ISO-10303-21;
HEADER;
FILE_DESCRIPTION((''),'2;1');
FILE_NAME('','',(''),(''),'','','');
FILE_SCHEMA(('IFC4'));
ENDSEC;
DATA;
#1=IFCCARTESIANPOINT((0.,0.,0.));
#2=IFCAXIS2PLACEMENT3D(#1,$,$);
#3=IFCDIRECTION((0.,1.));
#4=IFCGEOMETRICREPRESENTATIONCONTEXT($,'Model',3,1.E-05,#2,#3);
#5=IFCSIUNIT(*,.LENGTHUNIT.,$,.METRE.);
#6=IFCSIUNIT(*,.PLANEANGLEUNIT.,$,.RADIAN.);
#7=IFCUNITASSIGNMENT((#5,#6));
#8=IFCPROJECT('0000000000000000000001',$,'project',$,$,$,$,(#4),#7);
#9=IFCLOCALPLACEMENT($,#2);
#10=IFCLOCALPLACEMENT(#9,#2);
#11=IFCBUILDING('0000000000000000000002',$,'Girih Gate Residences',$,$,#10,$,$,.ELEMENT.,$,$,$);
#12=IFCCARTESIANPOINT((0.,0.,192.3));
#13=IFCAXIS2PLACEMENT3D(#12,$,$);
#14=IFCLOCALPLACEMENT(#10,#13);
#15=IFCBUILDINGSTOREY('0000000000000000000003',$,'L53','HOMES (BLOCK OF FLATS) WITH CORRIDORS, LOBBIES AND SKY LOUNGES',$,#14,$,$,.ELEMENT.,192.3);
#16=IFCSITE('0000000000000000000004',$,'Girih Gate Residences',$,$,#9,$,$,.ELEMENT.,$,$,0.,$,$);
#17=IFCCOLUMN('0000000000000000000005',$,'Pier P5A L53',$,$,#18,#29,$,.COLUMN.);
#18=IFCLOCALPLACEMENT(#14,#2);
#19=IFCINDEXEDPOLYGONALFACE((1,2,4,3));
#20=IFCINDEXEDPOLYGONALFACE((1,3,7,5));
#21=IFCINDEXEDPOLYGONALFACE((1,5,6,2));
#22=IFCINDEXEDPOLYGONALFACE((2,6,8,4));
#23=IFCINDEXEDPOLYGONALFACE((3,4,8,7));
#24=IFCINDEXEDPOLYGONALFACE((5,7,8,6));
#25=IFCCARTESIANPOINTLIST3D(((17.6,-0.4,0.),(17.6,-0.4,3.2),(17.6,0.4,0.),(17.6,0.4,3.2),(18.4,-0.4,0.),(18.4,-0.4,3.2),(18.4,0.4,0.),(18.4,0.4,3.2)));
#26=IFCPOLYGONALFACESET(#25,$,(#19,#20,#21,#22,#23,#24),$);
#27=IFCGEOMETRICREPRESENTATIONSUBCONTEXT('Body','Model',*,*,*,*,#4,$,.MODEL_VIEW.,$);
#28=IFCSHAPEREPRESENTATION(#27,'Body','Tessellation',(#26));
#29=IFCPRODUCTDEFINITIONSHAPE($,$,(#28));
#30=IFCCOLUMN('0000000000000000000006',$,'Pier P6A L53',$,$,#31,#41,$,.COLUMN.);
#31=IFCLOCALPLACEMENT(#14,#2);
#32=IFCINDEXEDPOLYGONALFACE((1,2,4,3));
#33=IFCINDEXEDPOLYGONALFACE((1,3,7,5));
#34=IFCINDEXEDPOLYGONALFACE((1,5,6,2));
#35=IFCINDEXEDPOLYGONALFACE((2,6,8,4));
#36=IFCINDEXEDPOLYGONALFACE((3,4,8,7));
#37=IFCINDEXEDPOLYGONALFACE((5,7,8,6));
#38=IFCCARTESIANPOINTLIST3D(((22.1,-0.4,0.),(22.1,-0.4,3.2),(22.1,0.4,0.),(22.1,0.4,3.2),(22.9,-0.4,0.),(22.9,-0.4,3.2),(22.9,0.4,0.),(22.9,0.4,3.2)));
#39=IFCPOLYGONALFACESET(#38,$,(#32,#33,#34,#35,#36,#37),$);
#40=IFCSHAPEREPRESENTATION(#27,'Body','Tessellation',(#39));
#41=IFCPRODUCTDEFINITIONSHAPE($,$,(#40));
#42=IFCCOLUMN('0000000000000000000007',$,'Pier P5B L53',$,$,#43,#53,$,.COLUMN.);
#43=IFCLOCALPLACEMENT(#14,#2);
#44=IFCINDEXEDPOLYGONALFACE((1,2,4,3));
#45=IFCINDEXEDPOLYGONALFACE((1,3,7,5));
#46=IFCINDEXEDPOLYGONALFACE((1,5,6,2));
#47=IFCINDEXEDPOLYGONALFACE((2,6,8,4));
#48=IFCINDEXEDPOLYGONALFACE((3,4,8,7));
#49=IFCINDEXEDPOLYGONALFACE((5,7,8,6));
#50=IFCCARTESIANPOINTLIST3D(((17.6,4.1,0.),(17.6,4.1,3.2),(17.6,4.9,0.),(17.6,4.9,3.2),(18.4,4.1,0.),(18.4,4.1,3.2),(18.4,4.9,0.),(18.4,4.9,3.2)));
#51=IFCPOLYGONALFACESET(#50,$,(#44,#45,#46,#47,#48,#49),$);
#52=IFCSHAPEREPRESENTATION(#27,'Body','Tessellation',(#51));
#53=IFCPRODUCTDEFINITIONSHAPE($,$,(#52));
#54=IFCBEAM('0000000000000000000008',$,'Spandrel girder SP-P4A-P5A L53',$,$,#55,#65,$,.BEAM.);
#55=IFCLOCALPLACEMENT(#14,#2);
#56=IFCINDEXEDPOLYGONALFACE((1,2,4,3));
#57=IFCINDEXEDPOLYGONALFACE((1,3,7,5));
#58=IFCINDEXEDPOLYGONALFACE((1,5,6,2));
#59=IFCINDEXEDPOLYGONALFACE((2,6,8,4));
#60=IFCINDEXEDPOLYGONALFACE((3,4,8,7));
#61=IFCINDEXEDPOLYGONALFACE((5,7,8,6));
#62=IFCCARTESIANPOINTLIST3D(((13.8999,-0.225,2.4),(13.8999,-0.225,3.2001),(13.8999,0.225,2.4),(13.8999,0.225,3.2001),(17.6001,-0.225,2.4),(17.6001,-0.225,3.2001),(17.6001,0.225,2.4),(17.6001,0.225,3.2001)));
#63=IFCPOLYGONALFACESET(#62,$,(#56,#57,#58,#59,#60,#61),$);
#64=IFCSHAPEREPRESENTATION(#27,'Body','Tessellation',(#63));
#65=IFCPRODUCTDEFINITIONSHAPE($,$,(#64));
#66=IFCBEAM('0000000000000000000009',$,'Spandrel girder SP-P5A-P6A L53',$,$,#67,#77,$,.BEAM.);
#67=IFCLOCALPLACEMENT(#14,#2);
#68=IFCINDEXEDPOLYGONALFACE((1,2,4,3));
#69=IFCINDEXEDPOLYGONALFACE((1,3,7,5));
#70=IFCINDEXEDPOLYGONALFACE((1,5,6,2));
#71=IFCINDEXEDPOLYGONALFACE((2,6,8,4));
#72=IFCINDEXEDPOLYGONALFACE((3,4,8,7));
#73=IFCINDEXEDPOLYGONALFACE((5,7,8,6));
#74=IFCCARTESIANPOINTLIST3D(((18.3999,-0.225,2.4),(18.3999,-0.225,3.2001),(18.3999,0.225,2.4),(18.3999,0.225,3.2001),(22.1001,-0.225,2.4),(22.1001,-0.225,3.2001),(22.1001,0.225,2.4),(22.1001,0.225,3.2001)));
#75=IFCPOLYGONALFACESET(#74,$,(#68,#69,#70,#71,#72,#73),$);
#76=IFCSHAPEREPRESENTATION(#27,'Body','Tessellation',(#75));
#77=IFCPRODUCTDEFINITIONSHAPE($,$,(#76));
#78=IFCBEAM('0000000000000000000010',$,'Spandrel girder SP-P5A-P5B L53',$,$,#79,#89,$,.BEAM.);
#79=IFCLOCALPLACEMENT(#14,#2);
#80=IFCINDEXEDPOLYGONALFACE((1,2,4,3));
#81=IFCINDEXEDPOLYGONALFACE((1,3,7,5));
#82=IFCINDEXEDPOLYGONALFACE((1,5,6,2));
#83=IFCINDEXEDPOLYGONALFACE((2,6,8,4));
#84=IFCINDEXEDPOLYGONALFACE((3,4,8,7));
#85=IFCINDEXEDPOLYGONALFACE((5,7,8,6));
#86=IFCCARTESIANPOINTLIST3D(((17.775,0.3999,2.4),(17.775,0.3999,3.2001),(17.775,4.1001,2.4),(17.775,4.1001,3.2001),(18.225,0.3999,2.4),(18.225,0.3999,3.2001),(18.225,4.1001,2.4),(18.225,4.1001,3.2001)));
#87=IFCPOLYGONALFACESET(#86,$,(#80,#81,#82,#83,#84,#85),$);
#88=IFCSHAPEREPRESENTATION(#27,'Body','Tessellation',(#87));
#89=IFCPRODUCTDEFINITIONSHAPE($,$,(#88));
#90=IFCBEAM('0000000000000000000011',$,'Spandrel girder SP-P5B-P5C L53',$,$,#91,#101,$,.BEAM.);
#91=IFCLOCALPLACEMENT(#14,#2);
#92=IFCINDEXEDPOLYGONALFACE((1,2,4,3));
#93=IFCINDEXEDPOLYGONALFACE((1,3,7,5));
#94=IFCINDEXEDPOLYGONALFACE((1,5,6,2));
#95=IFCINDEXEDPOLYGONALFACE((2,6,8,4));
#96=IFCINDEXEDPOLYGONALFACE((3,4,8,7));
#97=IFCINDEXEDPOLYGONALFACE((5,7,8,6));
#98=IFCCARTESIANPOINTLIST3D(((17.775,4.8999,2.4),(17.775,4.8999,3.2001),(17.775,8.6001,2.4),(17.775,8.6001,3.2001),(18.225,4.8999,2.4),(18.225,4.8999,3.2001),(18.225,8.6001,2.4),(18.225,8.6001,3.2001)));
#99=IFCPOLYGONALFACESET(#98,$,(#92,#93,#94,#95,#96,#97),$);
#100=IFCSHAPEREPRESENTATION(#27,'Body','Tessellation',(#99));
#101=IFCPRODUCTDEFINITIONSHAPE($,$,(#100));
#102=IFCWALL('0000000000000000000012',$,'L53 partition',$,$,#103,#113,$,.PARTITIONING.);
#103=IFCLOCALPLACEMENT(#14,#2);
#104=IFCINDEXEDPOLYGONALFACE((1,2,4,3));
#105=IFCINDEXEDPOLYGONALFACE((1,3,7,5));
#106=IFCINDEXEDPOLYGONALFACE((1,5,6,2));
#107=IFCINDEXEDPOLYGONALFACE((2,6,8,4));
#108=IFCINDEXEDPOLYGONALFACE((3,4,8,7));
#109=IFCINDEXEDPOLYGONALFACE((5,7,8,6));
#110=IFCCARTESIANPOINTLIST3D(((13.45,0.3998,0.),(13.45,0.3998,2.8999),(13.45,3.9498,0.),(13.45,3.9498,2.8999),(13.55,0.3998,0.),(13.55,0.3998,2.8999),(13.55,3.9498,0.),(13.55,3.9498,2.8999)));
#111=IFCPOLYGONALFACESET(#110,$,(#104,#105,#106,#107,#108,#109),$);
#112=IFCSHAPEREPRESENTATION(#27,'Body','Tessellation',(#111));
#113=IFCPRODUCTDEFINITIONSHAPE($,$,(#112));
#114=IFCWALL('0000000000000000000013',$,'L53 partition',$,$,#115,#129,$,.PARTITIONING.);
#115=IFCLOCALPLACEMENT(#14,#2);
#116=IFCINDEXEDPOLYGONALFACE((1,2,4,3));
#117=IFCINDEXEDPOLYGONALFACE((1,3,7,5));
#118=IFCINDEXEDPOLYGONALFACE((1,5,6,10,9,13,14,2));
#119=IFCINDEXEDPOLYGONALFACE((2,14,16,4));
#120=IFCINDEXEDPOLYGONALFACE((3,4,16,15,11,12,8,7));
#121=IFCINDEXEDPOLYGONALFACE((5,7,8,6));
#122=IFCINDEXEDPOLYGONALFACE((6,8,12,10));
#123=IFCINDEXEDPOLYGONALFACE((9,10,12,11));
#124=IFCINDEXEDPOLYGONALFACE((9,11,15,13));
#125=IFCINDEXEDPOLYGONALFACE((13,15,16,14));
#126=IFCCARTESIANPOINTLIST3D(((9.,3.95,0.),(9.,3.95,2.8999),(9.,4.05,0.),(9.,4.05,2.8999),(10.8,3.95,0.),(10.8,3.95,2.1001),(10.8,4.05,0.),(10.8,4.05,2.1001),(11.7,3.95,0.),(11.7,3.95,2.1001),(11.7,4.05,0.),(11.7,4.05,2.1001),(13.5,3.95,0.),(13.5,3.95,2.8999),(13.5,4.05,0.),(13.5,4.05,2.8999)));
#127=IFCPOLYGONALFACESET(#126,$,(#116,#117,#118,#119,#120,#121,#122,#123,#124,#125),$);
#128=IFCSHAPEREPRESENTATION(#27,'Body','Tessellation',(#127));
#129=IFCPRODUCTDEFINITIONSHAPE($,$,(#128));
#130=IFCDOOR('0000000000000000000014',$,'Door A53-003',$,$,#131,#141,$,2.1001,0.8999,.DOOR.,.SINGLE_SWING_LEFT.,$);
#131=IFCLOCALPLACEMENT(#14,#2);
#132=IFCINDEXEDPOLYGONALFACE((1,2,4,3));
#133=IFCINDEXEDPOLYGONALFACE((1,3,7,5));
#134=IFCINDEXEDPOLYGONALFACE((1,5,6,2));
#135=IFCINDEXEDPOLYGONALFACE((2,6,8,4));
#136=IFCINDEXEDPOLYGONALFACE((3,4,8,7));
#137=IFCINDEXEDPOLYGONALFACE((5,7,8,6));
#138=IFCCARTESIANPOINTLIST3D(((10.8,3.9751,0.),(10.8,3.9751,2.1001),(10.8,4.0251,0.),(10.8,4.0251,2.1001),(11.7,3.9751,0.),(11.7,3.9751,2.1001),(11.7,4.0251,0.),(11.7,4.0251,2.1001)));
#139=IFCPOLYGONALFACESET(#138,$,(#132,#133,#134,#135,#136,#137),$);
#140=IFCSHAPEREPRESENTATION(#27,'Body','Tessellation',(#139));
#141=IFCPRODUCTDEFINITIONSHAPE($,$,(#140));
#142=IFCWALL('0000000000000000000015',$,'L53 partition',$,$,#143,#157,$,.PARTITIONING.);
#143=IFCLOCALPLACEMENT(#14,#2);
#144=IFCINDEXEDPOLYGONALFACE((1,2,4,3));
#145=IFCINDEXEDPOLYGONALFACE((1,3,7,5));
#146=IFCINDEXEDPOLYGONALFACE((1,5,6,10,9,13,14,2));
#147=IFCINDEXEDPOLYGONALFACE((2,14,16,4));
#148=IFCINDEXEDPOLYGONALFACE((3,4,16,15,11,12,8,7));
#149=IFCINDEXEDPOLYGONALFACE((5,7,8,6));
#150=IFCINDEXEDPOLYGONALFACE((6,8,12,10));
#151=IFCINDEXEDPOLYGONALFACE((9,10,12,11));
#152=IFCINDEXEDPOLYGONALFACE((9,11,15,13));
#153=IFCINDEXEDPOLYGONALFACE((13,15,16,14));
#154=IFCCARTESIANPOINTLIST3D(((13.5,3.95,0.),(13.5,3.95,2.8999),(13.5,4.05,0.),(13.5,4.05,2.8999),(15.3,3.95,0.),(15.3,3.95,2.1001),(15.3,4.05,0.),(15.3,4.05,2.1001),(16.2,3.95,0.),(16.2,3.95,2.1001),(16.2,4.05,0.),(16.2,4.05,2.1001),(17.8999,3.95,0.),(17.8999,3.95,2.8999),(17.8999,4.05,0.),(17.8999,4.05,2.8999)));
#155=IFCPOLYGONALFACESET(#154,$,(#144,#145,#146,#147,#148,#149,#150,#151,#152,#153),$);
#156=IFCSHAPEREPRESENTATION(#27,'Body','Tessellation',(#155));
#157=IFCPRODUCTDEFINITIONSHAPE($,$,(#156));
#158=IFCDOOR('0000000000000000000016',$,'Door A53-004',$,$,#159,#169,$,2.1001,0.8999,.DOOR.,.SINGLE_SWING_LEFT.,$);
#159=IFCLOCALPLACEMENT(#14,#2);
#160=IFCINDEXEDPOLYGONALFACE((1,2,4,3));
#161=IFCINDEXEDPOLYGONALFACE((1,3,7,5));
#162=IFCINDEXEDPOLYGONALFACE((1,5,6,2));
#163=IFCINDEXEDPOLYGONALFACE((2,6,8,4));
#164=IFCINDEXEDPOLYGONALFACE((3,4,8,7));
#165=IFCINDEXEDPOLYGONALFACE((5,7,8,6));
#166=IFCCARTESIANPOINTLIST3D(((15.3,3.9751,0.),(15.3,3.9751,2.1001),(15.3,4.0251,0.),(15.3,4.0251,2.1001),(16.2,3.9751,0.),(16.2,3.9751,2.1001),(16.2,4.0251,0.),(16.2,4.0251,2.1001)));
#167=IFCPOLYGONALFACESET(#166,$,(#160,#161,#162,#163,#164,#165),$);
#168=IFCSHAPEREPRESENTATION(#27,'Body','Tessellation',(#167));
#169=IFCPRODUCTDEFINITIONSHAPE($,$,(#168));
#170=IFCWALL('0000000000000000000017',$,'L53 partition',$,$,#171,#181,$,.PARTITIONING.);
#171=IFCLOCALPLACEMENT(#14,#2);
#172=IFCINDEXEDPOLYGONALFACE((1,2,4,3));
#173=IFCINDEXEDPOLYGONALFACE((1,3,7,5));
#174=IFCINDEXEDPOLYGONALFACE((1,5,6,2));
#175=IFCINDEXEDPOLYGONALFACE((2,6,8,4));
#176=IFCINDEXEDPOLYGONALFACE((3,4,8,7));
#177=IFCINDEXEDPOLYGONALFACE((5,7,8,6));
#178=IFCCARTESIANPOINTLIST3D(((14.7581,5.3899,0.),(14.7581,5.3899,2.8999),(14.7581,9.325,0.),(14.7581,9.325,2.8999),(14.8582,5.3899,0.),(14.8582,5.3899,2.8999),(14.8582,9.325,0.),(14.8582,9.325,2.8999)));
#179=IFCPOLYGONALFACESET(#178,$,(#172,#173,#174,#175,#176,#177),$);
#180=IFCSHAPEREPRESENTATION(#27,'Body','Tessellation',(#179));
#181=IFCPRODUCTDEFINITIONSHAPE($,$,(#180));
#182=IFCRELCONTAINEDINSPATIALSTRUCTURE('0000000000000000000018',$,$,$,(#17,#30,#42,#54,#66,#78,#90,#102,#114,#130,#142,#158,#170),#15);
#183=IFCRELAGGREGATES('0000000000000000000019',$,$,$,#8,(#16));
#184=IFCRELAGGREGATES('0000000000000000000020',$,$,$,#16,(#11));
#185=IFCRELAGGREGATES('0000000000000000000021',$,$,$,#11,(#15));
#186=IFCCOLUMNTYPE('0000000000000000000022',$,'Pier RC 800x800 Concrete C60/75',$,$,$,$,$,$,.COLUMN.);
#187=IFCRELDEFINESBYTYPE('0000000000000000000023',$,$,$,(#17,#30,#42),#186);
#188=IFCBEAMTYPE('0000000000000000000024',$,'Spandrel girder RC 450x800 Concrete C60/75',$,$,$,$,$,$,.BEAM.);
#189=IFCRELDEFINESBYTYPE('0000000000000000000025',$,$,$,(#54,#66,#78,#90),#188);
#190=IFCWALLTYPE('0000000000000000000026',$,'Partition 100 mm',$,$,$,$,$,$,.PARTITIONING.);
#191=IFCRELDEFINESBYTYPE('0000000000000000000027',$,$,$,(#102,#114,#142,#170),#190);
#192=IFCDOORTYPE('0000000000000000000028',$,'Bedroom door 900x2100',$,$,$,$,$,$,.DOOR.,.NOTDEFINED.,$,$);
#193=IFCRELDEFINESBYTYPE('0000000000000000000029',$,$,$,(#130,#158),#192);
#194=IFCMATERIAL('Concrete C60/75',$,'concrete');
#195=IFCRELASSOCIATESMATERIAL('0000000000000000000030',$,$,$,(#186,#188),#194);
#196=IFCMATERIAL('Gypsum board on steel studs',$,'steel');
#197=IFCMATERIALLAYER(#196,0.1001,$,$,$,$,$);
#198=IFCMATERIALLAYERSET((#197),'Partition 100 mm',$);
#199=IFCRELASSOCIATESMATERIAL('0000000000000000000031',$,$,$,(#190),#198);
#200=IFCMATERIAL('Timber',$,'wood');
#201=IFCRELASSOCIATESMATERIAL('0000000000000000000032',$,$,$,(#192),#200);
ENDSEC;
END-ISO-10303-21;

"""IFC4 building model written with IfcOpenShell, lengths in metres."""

from ifc_helpers import new_model, si_unit, direction, frame, frame_2d, origin, origin_2d, place, context, subcontext, project, spatial, rectangle, extrude, material, layer, layer_set, material_profile, profile_set, type_object, element, fill, save


model = new_model("IFC4")

# Units and contexts
model_context = context("Model", 3, precision=1e-05, world=origin(), true_north=direction((0.0, 1.0)))
body_context = subcontext(model_context, "Body", "Model", "MODEL_VIEW")
ifc_project = project(units=[si_unit("LENGTHUNIT", "METRE"), si_unit("PLANEANGLEUNIT", "RADIAN")], contexts=[model_context])

# Site, building, storey
site_placement = place(None, origin())
site = spatial("IfcSite", under=ifc_project, at=site_placement, Name="Girih Gate Residences", CompositionType="ELEMENT", RefElevation=0.0)
building_placement = place(site_placement, origin())
building = spatial("IfcBuilding", under=site, at=building_placement, Name="Girih Gate Residences", CompositionType="ELEMENT")
storey_placement = place(building_placement, frame((0.0, 0.0, 192.3)))
storey = spatial("IfcBuildingStorey", under=building, at=storey_placement, Name="L53", Description="HOMES (BLOCK OF FLATS) WITH CORRIDORS, LOBBIES AND SKY LOUNGES", CompositionType="ELEMENT", Elevation=192.3)

# Columns
ifc_material_1 = material(Name="Concrete C60/75", Category="concrete")
ifc_material_profile_1 = material_profile(ifc_material_1, rectangle(XDim=0.8, YDim=0.8, at=origin_2d()))
ifc_profile_set_1 = profile_set([ifc_material_profile_1], Name="Concrete C60/75")
column_type = type_object("IfcColumnType", Name="Pier RC 800x800 Concrete C60/75", PredefinedType="COLUMN", material=ifc_profile_set_1)
for number, where, z_axis, x_axis, name in (
    (1, (18.0, 0.0, 0.0), (0.0, 0.0, 1.0), (1.0, 0.0, 0.0), "Pier P5A L53"),
    (2, (22.5, 0.0, 0.0), (0.0, 0.0, 1.0), (1.0, 0.0, 0.0), "Pier P6A L53"),
    (3, (18.0, 4.5, 0.0), (0.0, 0.0, 1.0), (1.0, 0.0, 0.0), "Pier P5B L53"),
):
    element("IfcColumn", number, at=place(storey_placement, frame(where, z_axis=z_axis, x_axis=x_axis)), inside=storey, type_object=column_type, Name=name, PredefinedType="COLUMN", context=body_context, shape_type="SweptSolid", body=[
        extrude(rectangle(XDim=0.8, YDim=0.8, at=origin_2d()), origin(), (0.0, 0.0, 1.0), 3.2),
    ])

# Beams
ifc_material_profile_2 = material_profile(ifc_material_1, rectangle(XDim=0.45, YDim=0.8, at=origin_2d()))
ifc_profile_set_2 = profile_set([ifc_material_profile_2], Name="Concrete C60/75")
beam_type = type_object("IfcBeamType", Name="Spandrel girder RC 450x800 Concrete C60/75", PredefinedType="BEAM", material=ifc_profile_set_2)
for number, where, z_axis, x_axis, name in (
    (4, (13.8999, 0.0, 2.8), (1.0, 0.0, 0.0), (0.0, 1.0, 0.0), "Spandrel girder SP-P4A-P5A L53"),
    (5, (18.3999, 0.0, 2.8), (1.0, 0.0, 0.0), (0.0, 1.0, 0.0), "Spandrel girder SP-P5A-P6A L53"),
    (6, (18.0, 0.3999, 2.8), (0.0, 1.0, 0.0), (-1.0, 0.0, 0.0), "Spandrel girder SP-P5A-P5B L53"),
    (7, (18.0, 4.8999, 2.8), (0.0, 1.0, 0.0), (-1.0, 0.0, 0.0), "Spandrel girder SP-P5B-P5C L53"),
):
    element("IfcBeam", number, at=place(storey_placement, frame(where, z_axis=z_axis, x_axis=x_axis)), inside=storey, type_object=beam_type, Name=name, PredefinedType="BEAM", context=body_context, shape_type="SweptSolid", body=[
        extrude(rectangle(XDim=0.45, YDim=0.8, at=origin_2d()), origin(), (0.0, 0.0, 1.0), 3.7002),
    ])

# Wall
ifc_material_2 = material(Name="Gypsum board on steel studs", Category="steel")
ifc_layer_1 = layer(ifc_material_2, 0.1001)
ifc_layer_set_1 = layer_set([ifc_layer_1], Name="Partition 100 mm")
wall_type_1 = type_object("IfcWallType", Name="Partition 100 mm", PredefinedType="PARTITIONING", material=ifc_layer_set_1)
wall_1_placement = place(storey_placement, frame((13.5, 0.3999, 0.0), z_axis=(0.0, 0.0, 1.0), x_axis=(0.0, 1.0, 0.0)))
element("IfcWall", 8, at=wall_1_placement, inside=storey, type_object=wall_type_1, Name="L53 partition", PredefinedType="PARTITIONING", context=body_context, shape_type="SweptSolid", body=[
    extrude(rectangle(XDim=3.55, YDim=0.1001, at=frame_2d((1.7749, 0.0))), origin(), (0.0, 0.0, 1.0), 2.8999),
])

# Walls, openings, doors
wall_2_placement = place(storey_placement, frame((13.5, 4.0, 0.0), z_axis=(0.0, 0.0, 1.0), x_axis=(-1.0, 0.0, 0.0)))
wall_2 = element("IfcWall", 9, at=wall_2_placement, inside=storey, type_object=wall_type_1, Name="L53 partition", PredefinedType="PARTITIONING", context=body_context, shape_type="SweptSolid", body=[
    extrude(rectangle(XDim=4.5, YDim=0.1001, at=frame_2d((2.25, 0.0))), origin(), (0.0, 0.0, 1.0), 2.8999),
])
opening_1_placement = place(wall_2_placement, frame((1.8, 0.0, 0.0)))
opening_1 = element("IfcOpeningElement", 10, at=opening_1_placement, cuts=wall_2, PredefinedType="OPENING", context=body_context, shape_type="SweptSolid", body=[
    extrude(rectangle(XDim=0.8999, YDim=2.1001, at=frame_2d((0.45, 1.05))), frame((0.0, 0.0601, 0.0), z_axis=(0.0, -1.0, 0.0), x_axis=(1.0, 0.0, 0.0)), (0.0, 0.0, 1.0), 0.1201),
])
ifc_material_3 = material(Name="Timber", Category="wood")
door_type_1 = type_object("IfcDoorType", Name="Bedroom door 900x2100", OperationType="NOTDEFINED", PredefinedType="DOOR", material=ifc_material_3)
door_1_placement = place(opening_1_placement, origin())
door_1 = element("IfcDoor", 11, at=door_1_placement, inside=storey, type_object=door_type_1, Name="Door A53-003", OperationType="SINGLE_SWING_LEFT", OverallHeight=2.1001, OverallWidth=0.8999, PredefinedType="DOOR", context=body_context, shape_type="SweptSolid", body=[
    extrude(rectangle(XDim=0.8999, YDim=2.1001, at=frame_2d((0.45, 1.05))), frame((0.0, 0.0249, 0.0), z_axis=(0.0, -1.0, 0.0), x_axis=(1.0, 0.0, 0.0)), (0.0, 0.0, 1.0), 0.05),
])
fill(opening_1, door_1)
wall_3_placement = place(storey_placement, frame((17.8999, 4.0, 0.0), z_axis=(0.0, 0.0, 1.0), x_axis=(-1.0, 0.0, 0.0)))
wall_3 = element("IfcWall", 12, at=wall_3_placement, inside=storey, type_object=wall_type_1, Name="L53 partition", PredefinedType="PARTITIONING", context=body_context, shape_type="SweptSolid", body=[
    extrude(rectangle(XDim=4.3999, YDim=0.1001, at=frame_2d((2.2, 0.0))), origin(), (0.0, 0.0, 1.0), 2.8999),
])
opening_2_placement = place(wall_3_placement, frame((1.7, 0.0, 0.0)))
opening_2 = element("IfcOpeningElement", 13, at=opening_2_placement, cuts=wall_3, PredefinedType="OPENING", context=body_context, shape_type="SweptSolid", body=[
    extrude(rectangle(XDim=0.8999, YDim=2.1001, at=frame_2d((0.45, 1.05))), frame((0.0, 0.0601, 0.0), z_axis=(0.0, -1.0, 0.0), x_axis=(1.0, 0.0, 0.0)), (0.0, 0.0, 1.0), 0.1201),
])
door_2_placement = place(opening_2_placement, origin())
door_2 = element("IfcDoor", 14, at=door_2_placement, inside=storey, type_object=door_type_1, Name="Door A53-004", OperationType="SINGLE_SWING_LEFT", OverallHeight=2.1001, OverallWidth=0.8999, PredefinedType="DOOR", context=body_context, shape_type="SweptSolid", body=[
    extrude(rectangle(XDim=0.8999, YDim=2.1001, at=frame_2d((0.45, 1.05))), frame((0.0, 0.0249, 0.0), z_axis=(0.0, -1.0, 0.0), x_axis=(1.0, 0.0, 0.0)), (0.0, 0.0, 1.0), 0.05),
])
fill(opening_2, door_2)

# Wall
wall_4_placement = place(storey_placement, frame((14.8081, 5.3899, 0.0), z_axis=(0.0, 0.0, 1.0), x_axis=(0.0, 1.0, 0.0)))
element("IfcWall", 15, at=wall_4_placement, inside=storey, type_object=wall_type_1, Name="L53 partition", PredefinedType="PARTITIONING", context=body_context, shape_type="SweptSolid", body=[
    extrude(rectangle(XDim=3.9351, YDim=0.1001, at=frame_2d((1.9675, 0.0))), origin(), (0.0, 0.0, 1.0), 2.8999),
])

save(model, "model.ifc")
